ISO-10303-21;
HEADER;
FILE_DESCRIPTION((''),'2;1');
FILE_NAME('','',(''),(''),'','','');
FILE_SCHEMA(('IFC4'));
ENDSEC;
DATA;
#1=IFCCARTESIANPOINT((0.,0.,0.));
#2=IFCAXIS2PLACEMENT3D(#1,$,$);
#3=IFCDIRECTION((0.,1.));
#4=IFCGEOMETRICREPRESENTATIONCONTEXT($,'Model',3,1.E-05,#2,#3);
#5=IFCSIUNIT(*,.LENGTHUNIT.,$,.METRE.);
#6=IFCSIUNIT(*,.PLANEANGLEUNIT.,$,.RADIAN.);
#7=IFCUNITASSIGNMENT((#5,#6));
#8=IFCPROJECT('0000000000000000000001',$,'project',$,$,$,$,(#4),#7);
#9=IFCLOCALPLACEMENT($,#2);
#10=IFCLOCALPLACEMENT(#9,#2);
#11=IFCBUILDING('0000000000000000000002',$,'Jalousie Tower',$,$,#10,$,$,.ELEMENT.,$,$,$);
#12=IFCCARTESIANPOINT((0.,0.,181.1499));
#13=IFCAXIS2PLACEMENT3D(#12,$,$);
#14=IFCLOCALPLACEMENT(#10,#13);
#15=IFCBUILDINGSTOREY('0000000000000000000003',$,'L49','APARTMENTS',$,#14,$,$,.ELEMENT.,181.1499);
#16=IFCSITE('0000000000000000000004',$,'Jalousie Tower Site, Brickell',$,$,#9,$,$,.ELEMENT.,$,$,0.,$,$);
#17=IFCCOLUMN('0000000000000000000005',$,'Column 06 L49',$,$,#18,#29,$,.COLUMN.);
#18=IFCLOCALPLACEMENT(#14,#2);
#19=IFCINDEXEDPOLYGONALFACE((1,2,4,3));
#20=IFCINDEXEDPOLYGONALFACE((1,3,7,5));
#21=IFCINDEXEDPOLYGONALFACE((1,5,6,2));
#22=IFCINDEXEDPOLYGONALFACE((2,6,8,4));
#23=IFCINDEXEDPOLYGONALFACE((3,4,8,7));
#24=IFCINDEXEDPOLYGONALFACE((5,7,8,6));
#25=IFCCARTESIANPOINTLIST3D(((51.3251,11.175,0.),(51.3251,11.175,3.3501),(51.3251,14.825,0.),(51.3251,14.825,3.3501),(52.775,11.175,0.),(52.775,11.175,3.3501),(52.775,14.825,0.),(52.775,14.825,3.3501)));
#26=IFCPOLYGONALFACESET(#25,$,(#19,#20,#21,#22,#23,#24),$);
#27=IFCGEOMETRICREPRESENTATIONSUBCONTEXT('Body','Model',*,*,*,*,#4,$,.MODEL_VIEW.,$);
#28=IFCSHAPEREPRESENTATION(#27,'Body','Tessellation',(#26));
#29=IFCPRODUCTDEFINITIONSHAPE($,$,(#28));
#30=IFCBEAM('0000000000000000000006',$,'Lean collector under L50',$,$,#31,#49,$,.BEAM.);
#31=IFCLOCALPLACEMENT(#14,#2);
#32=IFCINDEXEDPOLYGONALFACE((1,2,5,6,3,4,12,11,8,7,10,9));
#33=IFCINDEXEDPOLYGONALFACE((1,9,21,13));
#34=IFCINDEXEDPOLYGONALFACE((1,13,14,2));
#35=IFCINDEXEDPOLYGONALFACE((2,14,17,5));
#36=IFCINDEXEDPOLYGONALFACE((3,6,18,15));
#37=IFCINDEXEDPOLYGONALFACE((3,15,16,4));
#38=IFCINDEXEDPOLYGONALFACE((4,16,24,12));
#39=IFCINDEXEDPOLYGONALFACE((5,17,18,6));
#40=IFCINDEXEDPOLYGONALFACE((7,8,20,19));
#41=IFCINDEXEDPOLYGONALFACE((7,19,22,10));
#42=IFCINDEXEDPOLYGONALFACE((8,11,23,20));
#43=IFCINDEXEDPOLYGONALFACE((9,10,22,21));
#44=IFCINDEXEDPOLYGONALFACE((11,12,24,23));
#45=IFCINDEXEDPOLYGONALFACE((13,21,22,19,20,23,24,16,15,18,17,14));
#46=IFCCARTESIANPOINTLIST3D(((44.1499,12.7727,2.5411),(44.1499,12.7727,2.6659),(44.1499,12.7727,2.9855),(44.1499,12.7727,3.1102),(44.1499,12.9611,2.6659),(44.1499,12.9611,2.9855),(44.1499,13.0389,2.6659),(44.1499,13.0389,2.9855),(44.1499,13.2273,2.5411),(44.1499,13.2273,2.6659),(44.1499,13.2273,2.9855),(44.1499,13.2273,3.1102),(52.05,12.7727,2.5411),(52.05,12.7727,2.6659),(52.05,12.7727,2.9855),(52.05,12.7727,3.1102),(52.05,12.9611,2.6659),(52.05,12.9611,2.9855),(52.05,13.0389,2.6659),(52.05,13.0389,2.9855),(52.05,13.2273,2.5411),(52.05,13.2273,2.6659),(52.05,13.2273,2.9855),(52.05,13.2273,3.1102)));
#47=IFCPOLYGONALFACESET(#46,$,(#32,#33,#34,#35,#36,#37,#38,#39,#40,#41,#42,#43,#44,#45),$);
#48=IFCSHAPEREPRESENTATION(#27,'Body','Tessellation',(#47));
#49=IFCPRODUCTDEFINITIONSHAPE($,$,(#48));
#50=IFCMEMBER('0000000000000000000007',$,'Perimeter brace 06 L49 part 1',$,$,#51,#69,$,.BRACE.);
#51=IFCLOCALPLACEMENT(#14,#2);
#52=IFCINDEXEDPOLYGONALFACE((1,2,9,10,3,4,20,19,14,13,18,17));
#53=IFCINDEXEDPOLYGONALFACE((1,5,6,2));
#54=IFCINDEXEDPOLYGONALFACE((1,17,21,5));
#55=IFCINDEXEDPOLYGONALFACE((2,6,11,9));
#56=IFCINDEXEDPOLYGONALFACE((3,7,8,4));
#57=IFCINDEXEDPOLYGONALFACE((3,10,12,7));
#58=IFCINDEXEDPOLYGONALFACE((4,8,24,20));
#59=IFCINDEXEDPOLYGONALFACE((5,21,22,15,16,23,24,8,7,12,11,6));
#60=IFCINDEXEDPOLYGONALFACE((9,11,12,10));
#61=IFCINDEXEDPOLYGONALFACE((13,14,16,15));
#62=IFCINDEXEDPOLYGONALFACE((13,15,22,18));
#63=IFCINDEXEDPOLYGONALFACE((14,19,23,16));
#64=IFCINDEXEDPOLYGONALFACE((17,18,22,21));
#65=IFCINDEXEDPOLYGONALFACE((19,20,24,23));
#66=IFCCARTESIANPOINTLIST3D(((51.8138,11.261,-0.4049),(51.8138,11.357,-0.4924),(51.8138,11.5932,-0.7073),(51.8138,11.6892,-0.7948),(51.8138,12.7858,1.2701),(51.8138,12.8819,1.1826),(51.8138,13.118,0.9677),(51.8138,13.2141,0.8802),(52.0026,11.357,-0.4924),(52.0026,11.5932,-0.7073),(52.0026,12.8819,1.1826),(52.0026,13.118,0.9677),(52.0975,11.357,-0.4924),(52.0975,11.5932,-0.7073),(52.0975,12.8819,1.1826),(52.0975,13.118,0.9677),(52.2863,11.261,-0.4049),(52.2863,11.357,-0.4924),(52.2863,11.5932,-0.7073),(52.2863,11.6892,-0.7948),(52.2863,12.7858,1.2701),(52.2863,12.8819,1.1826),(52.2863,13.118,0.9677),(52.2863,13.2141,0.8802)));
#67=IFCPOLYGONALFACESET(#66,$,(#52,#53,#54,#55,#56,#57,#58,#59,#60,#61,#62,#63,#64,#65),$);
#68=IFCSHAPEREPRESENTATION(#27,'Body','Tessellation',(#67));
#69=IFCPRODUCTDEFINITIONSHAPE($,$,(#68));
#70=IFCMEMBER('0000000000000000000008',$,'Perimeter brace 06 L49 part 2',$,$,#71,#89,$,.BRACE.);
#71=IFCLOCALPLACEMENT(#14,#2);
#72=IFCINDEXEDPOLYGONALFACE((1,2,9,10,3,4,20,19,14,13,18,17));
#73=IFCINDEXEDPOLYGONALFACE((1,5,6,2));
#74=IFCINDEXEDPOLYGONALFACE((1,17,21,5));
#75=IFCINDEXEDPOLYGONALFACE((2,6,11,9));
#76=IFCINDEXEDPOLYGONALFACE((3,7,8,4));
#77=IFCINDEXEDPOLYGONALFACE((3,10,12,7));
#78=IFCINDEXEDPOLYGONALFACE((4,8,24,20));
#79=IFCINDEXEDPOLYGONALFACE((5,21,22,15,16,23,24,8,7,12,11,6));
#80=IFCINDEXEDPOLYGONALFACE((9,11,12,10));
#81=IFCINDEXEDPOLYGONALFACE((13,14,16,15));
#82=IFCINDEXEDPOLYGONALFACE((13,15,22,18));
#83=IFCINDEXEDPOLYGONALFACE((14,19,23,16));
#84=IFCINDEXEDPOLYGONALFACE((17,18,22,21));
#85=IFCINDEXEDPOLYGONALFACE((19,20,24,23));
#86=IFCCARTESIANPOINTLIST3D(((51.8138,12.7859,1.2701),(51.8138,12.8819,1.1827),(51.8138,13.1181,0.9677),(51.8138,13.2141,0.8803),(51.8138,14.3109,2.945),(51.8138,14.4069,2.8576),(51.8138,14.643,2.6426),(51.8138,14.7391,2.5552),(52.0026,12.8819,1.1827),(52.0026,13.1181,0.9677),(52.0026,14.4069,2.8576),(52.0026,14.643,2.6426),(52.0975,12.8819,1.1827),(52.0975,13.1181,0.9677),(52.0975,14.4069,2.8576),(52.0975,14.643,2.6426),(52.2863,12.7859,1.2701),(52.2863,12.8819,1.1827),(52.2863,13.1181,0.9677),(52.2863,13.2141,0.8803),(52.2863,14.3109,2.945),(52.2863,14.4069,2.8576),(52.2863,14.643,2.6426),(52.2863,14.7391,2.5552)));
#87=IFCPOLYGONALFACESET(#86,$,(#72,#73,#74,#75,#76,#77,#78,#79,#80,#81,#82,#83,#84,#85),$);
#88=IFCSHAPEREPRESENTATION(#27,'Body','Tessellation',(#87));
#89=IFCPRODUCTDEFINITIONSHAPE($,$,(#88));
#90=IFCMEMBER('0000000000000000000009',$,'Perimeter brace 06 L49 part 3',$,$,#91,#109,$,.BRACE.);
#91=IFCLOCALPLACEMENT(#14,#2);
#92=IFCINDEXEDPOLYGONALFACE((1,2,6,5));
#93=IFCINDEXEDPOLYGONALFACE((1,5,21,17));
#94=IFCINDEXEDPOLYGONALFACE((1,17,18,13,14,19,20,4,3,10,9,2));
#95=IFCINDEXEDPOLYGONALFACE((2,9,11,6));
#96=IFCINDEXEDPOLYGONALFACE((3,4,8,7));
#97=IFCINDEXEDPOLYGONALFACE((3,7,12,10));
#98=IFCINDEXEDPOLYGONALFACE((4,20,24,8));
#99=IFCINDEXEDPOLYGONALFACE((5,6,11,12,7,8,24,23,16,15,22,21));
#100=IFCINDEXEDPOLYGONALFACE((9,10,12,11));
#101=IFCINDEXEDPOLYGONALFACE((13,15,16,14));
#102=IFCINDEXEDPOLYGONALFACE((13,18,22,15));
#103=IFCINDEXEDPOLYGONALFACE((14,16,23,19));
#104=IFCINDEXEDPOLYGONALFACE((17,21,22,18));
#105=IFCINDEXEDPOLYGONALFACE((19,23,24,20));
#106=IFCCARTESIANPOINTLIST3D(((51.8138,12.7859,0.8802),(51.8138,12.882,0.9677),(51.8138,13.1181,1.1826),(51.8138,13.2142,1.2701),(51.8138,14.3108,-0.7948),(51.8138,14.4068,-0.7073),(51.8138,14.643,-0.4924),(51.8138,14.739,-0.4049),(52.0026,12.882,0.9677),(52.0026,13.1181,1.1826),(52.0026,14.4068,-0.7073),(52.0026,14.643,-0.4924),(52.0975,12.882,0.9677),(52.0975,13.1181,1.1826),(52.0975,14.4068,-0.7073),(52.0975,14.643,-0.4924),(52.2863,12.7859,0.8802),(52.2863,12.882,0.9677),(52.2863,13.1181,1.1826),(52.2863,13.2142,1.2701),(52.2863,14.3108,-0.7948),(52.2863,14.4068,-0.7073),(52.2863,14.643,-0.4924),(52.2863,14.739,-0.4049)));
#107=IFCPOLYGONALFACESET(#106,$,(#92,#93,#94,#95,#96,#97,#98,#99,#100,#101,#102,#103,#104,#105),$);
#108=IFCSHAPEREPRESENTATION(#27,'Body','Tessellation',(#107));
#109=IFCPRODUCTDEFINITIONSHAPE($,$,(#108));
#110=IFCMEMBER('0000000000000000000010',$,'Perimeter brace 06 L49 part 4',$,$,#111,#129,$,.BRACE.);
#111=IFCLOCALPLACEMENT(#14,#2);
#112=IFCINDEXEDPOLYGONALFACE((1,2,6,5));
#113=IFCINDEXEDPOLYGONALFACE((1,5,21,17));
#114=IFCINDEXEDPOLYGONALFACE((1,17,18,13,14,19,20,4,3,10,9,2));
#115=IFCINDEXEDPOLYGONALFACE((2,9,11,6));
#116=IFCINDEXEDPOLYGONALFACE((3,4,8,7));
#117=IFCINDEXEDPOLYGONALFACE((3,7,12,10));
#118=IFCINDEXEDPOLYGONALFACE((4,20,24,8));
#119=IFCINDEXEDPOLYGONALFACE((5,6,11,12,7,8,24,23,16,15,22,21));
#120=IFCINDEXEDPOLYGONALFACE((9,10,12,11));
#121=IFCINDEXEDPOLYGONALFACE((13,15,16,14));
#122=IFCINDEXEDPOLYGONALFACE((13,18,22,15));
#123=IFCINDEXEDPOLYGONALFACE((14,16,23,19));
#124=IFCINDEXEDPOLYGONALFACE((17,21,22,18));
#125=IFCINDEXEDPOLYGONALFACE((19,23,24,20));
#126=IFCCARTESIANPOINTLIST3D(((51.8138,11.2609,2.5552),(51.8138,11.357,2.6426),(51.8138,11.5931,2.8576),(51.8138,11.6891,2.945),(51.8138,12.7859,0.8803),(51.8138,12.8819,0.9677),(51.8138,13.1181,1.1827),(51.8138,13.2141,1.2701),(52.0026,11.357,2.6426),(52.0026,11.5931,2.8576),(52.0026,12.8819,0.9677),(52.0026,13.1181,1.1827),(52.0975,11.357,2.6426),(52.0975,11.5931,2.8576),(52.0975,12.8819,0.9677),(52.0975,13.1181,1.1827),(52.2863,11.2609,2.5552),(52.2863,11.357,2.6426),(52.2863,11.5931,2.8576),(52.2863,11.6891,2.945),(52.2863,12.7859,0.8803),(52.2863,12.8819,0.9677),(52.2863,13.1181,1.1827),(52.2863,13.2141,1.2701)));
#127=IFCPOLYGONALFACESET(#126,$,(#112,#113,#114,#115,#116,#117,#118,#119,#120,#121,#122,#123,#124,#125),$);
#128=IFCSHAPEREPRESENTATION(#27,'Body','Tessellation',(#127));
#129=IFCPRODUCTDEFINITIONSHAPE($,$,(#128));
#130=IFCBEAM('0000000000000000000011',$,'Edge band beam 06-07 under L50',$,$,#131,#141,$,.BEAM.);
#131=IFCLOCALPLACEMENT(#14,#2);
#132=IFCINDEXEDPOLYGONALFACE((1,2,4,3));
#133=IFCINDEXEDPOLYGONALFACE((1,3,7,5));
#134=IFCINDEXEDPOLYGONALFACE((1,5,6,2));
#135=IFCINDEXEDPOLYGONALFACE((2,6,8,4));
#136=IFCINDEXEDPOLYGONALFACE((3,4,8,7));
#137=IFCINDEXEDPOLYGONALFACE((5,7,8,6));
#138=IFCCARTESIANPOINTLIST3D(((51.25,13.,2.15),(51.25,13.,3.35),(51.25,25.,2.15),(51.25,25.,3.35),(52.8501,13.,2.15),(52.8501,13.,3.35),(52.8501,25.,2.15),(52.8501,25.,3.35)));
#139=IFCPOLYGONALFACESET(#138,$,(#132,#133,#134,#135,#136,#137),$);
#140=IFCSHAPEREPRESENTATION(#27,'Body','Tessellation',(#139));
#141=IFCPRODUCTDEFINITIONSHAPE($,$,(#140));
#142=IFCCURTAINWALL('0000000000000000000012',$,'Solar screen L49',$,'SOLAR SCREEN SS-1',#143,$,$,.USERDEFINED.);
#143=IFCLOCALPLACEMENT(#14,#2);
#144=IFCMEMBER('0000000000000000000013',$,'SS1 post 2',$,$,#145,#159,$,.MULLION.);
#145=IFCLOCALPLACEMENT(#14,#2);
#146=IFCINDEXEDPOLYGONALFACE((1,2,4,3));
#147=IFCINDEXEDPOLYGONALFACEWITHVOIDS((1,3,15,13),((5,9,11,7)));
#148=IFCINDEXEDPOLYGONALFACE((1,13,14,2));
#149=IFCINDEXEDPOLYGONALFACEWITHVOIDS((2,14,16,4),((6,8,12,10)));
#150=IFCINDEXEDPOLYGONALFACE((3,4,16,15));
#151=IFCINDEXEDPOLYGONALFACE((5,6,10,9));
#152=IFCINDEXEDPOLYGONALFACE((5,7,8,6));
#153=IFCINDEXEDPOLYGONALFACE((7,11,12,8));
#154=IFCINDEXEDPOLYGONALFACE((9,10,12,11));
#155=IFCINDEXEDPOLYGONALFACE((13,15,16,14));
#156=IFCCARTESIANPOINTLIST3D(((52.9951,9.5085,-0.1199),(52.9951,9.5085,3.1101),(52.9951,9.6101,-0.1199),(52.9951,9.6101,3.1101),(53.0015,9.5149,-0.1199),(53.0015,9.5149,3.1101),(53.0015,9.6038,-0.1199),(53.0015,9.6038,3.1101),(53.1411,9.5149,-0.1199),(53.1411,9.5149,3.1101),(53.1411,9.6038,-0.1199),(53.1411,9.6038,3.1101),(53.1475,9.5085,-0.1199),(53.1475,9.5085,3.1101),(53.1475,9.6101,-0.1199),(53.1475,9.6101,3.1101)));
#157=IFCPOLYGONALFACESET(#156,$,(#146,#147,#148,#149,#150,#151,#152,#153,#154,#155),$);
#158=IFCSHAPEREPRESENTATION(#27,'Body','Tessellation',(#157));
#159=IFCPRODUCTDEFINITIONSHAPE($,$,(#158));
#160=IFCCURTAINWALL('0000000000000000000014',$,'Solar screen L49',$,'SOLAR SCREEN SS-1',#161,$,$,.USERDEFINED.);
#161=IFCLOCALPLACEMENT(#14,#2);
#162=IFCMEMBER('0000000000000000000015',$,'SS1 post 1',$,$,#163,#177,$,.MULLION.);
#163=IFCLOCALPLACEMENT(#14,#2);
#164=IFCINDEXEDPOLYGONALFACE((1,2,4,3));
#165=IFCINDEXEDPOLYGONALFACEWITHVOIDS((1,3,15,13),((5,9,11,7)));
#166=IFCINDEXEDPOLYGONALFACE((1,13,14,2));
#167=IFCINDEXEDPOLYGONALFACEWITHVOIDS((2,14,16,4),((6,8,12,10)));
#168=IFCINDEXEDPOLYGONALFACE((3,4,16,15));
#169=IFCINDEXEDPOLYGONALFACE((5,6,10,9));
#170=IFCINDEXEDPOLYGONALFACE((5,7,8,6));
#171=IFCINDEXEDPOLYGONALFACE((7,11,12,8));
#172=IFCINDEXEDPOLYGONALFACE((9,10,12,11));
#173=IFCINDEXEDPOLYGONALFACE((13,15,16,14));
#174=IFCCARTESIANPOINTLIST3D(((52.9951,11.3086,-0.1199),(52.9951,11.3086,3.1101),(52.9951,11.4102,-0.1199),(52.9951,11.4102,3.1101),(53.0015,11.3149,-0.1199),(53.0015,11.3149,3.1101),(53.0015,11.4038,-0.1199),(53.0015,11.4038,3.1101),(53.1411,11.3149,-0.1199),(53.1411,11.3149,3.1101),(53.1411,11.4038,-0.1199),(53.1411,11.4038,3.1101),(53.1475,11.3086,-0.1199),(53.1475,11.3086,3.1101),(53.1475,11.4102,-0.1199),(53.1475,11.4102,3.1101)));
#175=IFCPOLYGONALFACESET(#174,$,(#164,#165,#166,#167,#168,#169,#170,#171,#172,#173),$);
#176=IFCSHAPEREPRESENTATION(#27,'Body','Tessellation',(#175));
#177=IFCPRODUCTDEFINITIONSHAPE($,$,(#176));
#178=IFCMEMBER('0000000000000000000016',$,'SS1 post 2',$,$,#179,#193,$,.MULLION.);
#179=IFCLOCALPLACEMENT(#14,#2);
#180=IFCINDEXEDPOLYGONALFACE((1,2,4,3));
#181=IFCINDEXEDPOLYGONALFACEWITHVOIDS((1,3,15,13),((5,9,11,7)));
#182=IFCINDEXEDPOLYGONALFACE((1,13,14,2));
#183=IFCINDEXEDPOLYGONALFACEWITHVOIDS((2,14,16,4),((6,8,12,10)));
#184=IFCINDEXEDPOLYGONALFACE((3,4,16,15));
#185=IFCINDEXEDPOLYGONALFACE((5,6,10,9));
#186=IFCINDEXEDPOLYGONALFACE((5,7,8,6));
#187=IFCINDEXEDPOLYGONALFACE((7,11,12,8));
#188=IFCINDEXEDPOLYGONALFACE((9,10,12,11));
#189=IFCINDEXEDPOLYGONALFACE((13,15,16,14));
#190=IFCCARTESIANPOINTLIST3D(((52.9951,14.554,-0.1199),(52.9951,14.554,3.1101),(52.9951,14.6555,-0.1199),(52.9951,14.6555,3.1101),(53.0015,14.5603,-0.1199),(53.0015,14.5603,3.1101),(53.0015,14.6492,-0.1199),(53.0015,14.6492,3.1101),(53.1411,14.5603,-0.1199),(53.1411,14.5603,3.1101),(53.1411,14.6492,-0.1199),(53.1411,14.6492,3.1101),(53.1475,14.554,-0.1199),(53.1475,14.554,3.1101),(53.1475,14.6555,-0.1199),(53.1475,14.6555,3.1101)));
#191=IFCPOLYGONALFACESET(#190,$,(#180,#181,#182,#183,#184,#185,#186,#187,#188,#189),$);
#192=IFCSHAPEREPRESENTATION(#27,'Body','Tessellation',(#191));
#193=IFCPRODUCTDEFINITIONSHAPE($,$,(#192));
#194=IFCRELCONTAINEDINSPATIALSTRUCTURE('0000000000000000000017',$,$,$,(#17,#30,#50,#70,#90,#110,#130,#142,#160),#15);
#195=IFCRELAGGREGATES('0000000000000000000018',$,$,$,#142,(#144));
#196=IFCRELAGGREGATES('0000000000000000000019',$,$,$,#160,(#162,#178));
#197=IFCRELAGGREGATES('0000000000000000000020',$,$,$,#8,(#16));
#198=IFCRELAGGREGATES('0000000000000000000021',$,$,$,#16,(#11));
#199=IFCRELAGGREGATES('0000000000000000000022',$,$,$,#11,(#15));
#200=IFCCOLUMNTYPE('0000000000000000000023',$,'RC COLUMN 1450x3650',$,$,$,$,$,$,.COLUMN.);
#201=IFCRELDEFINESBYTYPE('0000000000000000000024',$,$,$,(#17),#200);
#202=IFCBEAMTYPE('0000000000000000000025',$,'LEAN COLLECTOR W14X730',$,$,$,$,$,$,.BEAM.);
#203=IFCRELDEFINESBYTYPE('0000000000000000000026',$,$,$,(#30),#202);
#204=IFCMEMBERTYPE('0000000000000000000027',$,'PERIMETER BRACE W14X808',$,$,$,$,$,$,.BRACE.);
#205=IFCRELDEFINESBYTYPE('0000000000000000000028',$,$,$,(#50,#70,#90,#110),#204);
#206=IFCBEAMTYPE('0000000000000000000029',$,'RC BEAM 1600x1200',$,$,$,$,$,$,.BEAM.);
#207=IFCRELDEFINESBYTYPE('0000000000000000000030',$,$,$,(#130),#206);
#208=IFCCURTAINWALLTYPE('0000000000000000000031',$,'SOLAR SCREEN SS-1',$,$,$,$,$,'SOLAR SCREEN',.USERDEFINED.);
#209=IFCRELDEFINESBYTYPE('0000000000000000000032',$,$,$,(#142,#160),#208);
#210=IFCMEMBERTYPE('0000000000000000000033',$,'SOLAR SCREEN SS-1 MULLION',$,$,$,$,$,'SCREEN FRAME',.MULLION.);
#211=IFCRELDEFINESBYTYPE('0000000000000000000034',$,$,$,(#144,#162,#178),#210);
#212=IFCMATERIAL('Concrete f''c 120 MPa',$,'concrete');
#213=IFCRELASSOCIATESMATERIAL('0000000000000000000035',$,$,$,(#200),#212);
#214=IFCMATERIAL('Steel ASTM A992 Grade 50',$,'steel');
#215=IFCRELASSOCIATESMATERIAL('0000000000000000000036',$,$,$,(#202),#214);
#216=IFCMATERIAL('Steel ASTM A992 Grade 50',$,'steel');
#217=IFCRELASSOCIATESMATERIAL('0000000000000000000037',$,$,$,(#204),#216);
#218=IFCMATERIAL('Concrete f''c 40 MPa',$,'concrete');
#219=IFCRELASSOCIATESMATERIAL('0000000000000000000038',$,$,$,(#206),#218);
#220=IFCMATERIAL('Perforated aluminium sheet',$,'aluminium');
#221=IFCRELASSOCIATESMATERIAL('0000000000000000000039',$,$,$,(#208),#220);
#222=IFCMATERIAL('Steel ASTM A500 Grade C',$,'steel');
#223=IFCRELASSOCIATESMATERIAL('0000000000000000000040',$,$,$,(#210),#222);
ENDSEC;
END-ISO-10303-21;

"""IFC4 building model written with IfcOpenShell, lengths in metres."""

from ifc_helpers import new_model, si_unit, direction, frame, origin, origin_2d, place, context, subcontext, project, spatial, rectangle, hollow_rectangle, i_section, extrude, material, material_profile, profile_set, type_object, element, aggregate, save


model = new_model("IFC4")

# Units and contexts
model_context = context("Model", 3, precision=1e-05, world=origin(), true_north=direction((0.0, 1.0)))
body_context = subcontext(model_context, "Body", "Model", "MODEL_VIEW")
ifc_project = project(units=[si_unit("LENGTHUNIT", "METRE"), si_unit("PLANEANGLEUNIT", "RADIAN")], contexts=[model_context])

# Site, building, storey
site_placement = place(None, origin())
site = spatial("IfcSite", under=ifc_project, at=site_placement, Name="Jalousie Tower Site, Brickell", CompositionType="ELEMENT", RefElevation=0.0)
building_placement = place(site_placement, origin())
building = spatial("IfcBuilding", under=site, at=building_placement, Name="Jalousie Tower", CompositionType="ELEMENT")
storey_placement = place(building_placement, frame((0.0, 0.0, 181.1499)))
storey = spatial("IfcBuildingStorey", under=building, at=storey_placement, Name="L49", Description="APARTMENTS", CompositionType="ELEMENT", Elevation=181.1499)

# Column
ifc_material_1 = material(Name="Concrete f'c 120 MPa", Category="concrete")
ifc_material_profile_1 = material_profile(ifc_material_1, rectangle(XDim=1.45, YDim=3.6499, at=origin_2d()), Name="RC 1450x3650")
ifc_profile_set_1 = profile_set([ifc_material_profile_1], Name="Concrete f'c 120 MPa")
column_type = type_object("IfcColumnType", Name="RC COLUMN 1450x3650", PredefinedType="COLUMN", material=ifc_profile_set_1)
column_placement = place(storey_placement, frame((52.05, 13.0, 0.0), z_axis=(0.0, 0.0, 1.0), x_axis=(1.0, 0.0, 0.0)))
element("IfcColumn", 1, at=column_placement, inside=storey, type_object=column_type, Name="Column 06 L49", PredefinedType="COLUMN", context=body_context, shape_type="SweptSolid", body=[
    extrude(rectangle(XDim=1.45, YDim=3.6499, at=origin_2d()), origin(), (0.0, 0.0, 1.0), 3.3501),
])

# Beam
ifc_material_2 = material(Name="Steel ASTM A992 Grade 50", Category="steel")
ifc_material_profile_2 = material_profile(ifc_material_2, i_section(OverallWidth=0.4546, OverallDepth=0.5691, WebThickness=0.0779, FlangeThickness=0.1248, at=origin_2d()), Name="W14X730")
ifc_profile_set_2 = profile_set([ifc_material_profile_2], Name="Steel ASTM A992 Grade 50")
beam_type_1 = type_object("IfcBeamType", Name="LEAN COLLECTOR W14X730", PredefinedType="BEAM", material=ifc_profile_set_2)
beam_1_placement = place(storey_placement, frame((52.05, 13.0, 2.8257), z_axis=(-1.0, 0.0, 0.0), x_axis=(0.0, -1.0, 0.0)))
element("IfcBeam", 2, at=beam_1_placement, inside=storey, type_object=beam_type_1, Name="Lean collector under L50", PredefinedType="BEAM", context=body_context, shape_type="SweptSolid", body=[
    extrude(i_section(OverallWidth=0.4546, OverallDepth=0.5691, WebThickness=0.0779, FlangeThickness=0.1248, at=origin_2d()), origin(), (0.0, 0.0, 1.0), 7.9001),
])

# Members
ifc_material_3 = material(Name="Steel ASTM A992 Grade 50", Category="steel")
ifc_material_profile_3 = material_profile(ifc_material_3, i_section(OverallWidth=0.4724, OverallDepth=0.5791, WebThickness=0.095, FlangeThickness=0.1299, at=origin_2d()), Name="W14X808")
ifc_profile_set_3 = profile_set([ifc_material_profile_3], Name="Steel ASTM A992 Grade 50")
member_type_1 = type_object("IfcMemberType", Name="PERIMETER BRACE W14X808", PredefinedType="BRACE", material=ifc_profile_set_3)
for number, where, z_axis, x_axis, name in (
    (3, (52.05, 11.4751, -0.5999), (0.0, 0.673188, 0.739472), (-1.0, 0.0, 0.0), "Perimeter brace 06 L49 part 1"),
    (4, (52.05, 13.0, 1.0752), (0.0, 0.673241, 0.739423), (-1.0, 0.0, 0.0), "Perimeter brace 06 L49 part 2"),
    (5, (52.05, 14.5249, -0.5999), (0.0, -0.673188, 0.739472), (1.0, 0.0, 0.0), "Perimeter brace 06 L49 part 3"),
    (6, (52.05, 13.0, 1.0752), (0.0, -0.673241, 0.739423), (1.0, 0.0, 0.0), "Perimeter brace 06 L49 part 4"),
):
    element("IfcMember", number, at=place(storey_placement, frame(where, z_axis=z_axis, x_axis=x_axis)), inside=storey, type_object=member_type_1, Name=name, PredefinedType="BRACE", context=body_context, shape_type="SweptSolid", body=[
        extrude(i_section(OverallWidth=0.4724, OverallDepth=0.5791, WebThickness=0.095, FlangeThickness=0.1299, at=origin_2d()), origin(), (0.0, 0.0, 1.0), 2.2651),
    ])

# Beam
ifc_material_4 = material(Name="Concrete f'c 40 MPa", Category="concrete")
ifc_material_profile_4 = material_profile(ifc_material_4, rectangle(XDim=1.6001, YDim=1.2, at=origin_2d()), Name="RC 1600x1200")
ifc_profile_set_4 = profile_set([ifc_material_profile_4], Name="Concrete f'c 40 MPa")
beam_type_2 = type_object("IfcBeamType", Name="RC BEAM 1600x1200", PredefinedType="BEAM", material=ifc_profile_set_4)
beam_2_placement = place(storey_placement, frame((52.05, 13.0, 2.75), z_axis=(0.0, 1.0, 0.0), x_axis=(-1.0, 0.0, 0.0)))
element("IfcBeam", 7, at=beam_2_placement, inside=storey, type_object=beam_type_2, Name="Edge band beam 06-07 under L50", PredefinedType="BEAM", context=body_context, shape_type="SweptSolid", body=[
    extrude(rectangle(XDim=1.6001, YDim=1.2, at=origin_2d()), origin(), (0.0, 0.0, 1.0), 12.0),
])

# Curtain wall, member
ifc_material_5 = material(Name="Perforated aluminium sheet", Category="aluminium")
curtain_wall_type = type_object("IfcCurtainWallType", Name="SOLAR SCREEN SS-1", ElementType="SOLAR SCREEN", PredefinedType="USERDEFINED", material=ifc_material_5)
curtain_wall_1_placement = place(storey_placement, origin())
curtain_wall_1 = element("IfcCurtainWall", 8, at=curtain_wall_1_placement, inside=storey, type_object=curtain_wall_type, Name="Solar screen L49", ObjectType="SOLAR SCREEN SS-1", PredefinedType="USERDEFINED")
ifc_material_6 = material(Name="Steel ASTM A500 Grade C", Category="steel")
ifc_material_profile_5 = material_profile(ifc_material_6, hollow_rectangle(XDim=0.1016, YDim=0.1523, WallThickness=0.0063, at=origin_2d()), Name="HSS6X4X1/4")
ifc_profile_set_5 = profile_set([ifc_material_profile_5], Name="Steel ASTM A500 Grade C")
member_type_2 = type_object("IfcMemberType", Name="SOLAR SCREEN SS-1 MULLION", ElementType="SCREEN FRAME", PredefinedType="MULLION", material=ifc_profile_set_5)
member_1_placement = place(storey_placement, frame((53.0713, 9.5593, -0.1199), z_axis=(0.0, 0.0, 1.0), x_axis=(0.0, 1.0, 0.0)))
member_1 = element("IfcMember", 9, at=member_1_placement, type_object=member_type_2, Name="SS1 post 2", PredefinedType="MULLION", context=body_context, shape_type="SweptSolid", body=[
    extrude(hollow_rectangle(XDim=0.1016, YDim=0.1523, WallThickness=0.0063, at=origin_2d()), origin(), (0.0, 0.0, 1.0), 3.23),
])
aggregate(curtain_wall_1, [member_1])

# Curtain wall, members
curtain_wall_2_placement = place(storey_placement, origin())
curtain_wall_2 = element("IfcCurtainWall", 10, at=curtain_wall_2_placement, inside=storey, type_object=curtain_wall_type, Name="Solar screen L49", ObjectType="SOLAR SCREEN SS-1", PredefinedType="USERDEFINED")
member_2_placement = place(storey_placement, frame((53.0713, 11.3594, -0.1199), z_axis=(0.0, 0.0, 1.0), x_axis=(0.0, 1.0, 0.0)))
member_2 = element("IfcMember", 11, at=member_2_placement, type_object=member_type_2, Name="SS1 post 1", PredefinedType="MULLION", context=body_context, shape_type="SweptSolid", body=[
    extrude(hollow_rectangle(XDim=0.1016, YDim=0.1523, WallThickness=0.0063, at=origin_2d()), origin(), (0.0, 0.0, 1.0), 3.23),
])
member_3_placement = place(storey_placement, frame((53.0713, 14.6047, -0.1199), z_axis=(0.0, 0.0, 1.0), x_axis=(0.0, 1.0, 0.0)))
member_3 = element("IfcMember", 12, at=member_3_placement, type_object=member_type_2, Name="SS1 post 2", PredefinedType="MULLION", context=body_context, shape_type="SweptSolid", body=[
    extrude(hollow_rectangle(XDim=0.1016, YDim=0.1523, WallThickness=0.0063, at=origin_2d()), origin(), (0.0, 0.0, 1.0), 3.23),
])
aggregate(curtain_wall_2, [member_2, member_3])

save(model, "model.ifc")
